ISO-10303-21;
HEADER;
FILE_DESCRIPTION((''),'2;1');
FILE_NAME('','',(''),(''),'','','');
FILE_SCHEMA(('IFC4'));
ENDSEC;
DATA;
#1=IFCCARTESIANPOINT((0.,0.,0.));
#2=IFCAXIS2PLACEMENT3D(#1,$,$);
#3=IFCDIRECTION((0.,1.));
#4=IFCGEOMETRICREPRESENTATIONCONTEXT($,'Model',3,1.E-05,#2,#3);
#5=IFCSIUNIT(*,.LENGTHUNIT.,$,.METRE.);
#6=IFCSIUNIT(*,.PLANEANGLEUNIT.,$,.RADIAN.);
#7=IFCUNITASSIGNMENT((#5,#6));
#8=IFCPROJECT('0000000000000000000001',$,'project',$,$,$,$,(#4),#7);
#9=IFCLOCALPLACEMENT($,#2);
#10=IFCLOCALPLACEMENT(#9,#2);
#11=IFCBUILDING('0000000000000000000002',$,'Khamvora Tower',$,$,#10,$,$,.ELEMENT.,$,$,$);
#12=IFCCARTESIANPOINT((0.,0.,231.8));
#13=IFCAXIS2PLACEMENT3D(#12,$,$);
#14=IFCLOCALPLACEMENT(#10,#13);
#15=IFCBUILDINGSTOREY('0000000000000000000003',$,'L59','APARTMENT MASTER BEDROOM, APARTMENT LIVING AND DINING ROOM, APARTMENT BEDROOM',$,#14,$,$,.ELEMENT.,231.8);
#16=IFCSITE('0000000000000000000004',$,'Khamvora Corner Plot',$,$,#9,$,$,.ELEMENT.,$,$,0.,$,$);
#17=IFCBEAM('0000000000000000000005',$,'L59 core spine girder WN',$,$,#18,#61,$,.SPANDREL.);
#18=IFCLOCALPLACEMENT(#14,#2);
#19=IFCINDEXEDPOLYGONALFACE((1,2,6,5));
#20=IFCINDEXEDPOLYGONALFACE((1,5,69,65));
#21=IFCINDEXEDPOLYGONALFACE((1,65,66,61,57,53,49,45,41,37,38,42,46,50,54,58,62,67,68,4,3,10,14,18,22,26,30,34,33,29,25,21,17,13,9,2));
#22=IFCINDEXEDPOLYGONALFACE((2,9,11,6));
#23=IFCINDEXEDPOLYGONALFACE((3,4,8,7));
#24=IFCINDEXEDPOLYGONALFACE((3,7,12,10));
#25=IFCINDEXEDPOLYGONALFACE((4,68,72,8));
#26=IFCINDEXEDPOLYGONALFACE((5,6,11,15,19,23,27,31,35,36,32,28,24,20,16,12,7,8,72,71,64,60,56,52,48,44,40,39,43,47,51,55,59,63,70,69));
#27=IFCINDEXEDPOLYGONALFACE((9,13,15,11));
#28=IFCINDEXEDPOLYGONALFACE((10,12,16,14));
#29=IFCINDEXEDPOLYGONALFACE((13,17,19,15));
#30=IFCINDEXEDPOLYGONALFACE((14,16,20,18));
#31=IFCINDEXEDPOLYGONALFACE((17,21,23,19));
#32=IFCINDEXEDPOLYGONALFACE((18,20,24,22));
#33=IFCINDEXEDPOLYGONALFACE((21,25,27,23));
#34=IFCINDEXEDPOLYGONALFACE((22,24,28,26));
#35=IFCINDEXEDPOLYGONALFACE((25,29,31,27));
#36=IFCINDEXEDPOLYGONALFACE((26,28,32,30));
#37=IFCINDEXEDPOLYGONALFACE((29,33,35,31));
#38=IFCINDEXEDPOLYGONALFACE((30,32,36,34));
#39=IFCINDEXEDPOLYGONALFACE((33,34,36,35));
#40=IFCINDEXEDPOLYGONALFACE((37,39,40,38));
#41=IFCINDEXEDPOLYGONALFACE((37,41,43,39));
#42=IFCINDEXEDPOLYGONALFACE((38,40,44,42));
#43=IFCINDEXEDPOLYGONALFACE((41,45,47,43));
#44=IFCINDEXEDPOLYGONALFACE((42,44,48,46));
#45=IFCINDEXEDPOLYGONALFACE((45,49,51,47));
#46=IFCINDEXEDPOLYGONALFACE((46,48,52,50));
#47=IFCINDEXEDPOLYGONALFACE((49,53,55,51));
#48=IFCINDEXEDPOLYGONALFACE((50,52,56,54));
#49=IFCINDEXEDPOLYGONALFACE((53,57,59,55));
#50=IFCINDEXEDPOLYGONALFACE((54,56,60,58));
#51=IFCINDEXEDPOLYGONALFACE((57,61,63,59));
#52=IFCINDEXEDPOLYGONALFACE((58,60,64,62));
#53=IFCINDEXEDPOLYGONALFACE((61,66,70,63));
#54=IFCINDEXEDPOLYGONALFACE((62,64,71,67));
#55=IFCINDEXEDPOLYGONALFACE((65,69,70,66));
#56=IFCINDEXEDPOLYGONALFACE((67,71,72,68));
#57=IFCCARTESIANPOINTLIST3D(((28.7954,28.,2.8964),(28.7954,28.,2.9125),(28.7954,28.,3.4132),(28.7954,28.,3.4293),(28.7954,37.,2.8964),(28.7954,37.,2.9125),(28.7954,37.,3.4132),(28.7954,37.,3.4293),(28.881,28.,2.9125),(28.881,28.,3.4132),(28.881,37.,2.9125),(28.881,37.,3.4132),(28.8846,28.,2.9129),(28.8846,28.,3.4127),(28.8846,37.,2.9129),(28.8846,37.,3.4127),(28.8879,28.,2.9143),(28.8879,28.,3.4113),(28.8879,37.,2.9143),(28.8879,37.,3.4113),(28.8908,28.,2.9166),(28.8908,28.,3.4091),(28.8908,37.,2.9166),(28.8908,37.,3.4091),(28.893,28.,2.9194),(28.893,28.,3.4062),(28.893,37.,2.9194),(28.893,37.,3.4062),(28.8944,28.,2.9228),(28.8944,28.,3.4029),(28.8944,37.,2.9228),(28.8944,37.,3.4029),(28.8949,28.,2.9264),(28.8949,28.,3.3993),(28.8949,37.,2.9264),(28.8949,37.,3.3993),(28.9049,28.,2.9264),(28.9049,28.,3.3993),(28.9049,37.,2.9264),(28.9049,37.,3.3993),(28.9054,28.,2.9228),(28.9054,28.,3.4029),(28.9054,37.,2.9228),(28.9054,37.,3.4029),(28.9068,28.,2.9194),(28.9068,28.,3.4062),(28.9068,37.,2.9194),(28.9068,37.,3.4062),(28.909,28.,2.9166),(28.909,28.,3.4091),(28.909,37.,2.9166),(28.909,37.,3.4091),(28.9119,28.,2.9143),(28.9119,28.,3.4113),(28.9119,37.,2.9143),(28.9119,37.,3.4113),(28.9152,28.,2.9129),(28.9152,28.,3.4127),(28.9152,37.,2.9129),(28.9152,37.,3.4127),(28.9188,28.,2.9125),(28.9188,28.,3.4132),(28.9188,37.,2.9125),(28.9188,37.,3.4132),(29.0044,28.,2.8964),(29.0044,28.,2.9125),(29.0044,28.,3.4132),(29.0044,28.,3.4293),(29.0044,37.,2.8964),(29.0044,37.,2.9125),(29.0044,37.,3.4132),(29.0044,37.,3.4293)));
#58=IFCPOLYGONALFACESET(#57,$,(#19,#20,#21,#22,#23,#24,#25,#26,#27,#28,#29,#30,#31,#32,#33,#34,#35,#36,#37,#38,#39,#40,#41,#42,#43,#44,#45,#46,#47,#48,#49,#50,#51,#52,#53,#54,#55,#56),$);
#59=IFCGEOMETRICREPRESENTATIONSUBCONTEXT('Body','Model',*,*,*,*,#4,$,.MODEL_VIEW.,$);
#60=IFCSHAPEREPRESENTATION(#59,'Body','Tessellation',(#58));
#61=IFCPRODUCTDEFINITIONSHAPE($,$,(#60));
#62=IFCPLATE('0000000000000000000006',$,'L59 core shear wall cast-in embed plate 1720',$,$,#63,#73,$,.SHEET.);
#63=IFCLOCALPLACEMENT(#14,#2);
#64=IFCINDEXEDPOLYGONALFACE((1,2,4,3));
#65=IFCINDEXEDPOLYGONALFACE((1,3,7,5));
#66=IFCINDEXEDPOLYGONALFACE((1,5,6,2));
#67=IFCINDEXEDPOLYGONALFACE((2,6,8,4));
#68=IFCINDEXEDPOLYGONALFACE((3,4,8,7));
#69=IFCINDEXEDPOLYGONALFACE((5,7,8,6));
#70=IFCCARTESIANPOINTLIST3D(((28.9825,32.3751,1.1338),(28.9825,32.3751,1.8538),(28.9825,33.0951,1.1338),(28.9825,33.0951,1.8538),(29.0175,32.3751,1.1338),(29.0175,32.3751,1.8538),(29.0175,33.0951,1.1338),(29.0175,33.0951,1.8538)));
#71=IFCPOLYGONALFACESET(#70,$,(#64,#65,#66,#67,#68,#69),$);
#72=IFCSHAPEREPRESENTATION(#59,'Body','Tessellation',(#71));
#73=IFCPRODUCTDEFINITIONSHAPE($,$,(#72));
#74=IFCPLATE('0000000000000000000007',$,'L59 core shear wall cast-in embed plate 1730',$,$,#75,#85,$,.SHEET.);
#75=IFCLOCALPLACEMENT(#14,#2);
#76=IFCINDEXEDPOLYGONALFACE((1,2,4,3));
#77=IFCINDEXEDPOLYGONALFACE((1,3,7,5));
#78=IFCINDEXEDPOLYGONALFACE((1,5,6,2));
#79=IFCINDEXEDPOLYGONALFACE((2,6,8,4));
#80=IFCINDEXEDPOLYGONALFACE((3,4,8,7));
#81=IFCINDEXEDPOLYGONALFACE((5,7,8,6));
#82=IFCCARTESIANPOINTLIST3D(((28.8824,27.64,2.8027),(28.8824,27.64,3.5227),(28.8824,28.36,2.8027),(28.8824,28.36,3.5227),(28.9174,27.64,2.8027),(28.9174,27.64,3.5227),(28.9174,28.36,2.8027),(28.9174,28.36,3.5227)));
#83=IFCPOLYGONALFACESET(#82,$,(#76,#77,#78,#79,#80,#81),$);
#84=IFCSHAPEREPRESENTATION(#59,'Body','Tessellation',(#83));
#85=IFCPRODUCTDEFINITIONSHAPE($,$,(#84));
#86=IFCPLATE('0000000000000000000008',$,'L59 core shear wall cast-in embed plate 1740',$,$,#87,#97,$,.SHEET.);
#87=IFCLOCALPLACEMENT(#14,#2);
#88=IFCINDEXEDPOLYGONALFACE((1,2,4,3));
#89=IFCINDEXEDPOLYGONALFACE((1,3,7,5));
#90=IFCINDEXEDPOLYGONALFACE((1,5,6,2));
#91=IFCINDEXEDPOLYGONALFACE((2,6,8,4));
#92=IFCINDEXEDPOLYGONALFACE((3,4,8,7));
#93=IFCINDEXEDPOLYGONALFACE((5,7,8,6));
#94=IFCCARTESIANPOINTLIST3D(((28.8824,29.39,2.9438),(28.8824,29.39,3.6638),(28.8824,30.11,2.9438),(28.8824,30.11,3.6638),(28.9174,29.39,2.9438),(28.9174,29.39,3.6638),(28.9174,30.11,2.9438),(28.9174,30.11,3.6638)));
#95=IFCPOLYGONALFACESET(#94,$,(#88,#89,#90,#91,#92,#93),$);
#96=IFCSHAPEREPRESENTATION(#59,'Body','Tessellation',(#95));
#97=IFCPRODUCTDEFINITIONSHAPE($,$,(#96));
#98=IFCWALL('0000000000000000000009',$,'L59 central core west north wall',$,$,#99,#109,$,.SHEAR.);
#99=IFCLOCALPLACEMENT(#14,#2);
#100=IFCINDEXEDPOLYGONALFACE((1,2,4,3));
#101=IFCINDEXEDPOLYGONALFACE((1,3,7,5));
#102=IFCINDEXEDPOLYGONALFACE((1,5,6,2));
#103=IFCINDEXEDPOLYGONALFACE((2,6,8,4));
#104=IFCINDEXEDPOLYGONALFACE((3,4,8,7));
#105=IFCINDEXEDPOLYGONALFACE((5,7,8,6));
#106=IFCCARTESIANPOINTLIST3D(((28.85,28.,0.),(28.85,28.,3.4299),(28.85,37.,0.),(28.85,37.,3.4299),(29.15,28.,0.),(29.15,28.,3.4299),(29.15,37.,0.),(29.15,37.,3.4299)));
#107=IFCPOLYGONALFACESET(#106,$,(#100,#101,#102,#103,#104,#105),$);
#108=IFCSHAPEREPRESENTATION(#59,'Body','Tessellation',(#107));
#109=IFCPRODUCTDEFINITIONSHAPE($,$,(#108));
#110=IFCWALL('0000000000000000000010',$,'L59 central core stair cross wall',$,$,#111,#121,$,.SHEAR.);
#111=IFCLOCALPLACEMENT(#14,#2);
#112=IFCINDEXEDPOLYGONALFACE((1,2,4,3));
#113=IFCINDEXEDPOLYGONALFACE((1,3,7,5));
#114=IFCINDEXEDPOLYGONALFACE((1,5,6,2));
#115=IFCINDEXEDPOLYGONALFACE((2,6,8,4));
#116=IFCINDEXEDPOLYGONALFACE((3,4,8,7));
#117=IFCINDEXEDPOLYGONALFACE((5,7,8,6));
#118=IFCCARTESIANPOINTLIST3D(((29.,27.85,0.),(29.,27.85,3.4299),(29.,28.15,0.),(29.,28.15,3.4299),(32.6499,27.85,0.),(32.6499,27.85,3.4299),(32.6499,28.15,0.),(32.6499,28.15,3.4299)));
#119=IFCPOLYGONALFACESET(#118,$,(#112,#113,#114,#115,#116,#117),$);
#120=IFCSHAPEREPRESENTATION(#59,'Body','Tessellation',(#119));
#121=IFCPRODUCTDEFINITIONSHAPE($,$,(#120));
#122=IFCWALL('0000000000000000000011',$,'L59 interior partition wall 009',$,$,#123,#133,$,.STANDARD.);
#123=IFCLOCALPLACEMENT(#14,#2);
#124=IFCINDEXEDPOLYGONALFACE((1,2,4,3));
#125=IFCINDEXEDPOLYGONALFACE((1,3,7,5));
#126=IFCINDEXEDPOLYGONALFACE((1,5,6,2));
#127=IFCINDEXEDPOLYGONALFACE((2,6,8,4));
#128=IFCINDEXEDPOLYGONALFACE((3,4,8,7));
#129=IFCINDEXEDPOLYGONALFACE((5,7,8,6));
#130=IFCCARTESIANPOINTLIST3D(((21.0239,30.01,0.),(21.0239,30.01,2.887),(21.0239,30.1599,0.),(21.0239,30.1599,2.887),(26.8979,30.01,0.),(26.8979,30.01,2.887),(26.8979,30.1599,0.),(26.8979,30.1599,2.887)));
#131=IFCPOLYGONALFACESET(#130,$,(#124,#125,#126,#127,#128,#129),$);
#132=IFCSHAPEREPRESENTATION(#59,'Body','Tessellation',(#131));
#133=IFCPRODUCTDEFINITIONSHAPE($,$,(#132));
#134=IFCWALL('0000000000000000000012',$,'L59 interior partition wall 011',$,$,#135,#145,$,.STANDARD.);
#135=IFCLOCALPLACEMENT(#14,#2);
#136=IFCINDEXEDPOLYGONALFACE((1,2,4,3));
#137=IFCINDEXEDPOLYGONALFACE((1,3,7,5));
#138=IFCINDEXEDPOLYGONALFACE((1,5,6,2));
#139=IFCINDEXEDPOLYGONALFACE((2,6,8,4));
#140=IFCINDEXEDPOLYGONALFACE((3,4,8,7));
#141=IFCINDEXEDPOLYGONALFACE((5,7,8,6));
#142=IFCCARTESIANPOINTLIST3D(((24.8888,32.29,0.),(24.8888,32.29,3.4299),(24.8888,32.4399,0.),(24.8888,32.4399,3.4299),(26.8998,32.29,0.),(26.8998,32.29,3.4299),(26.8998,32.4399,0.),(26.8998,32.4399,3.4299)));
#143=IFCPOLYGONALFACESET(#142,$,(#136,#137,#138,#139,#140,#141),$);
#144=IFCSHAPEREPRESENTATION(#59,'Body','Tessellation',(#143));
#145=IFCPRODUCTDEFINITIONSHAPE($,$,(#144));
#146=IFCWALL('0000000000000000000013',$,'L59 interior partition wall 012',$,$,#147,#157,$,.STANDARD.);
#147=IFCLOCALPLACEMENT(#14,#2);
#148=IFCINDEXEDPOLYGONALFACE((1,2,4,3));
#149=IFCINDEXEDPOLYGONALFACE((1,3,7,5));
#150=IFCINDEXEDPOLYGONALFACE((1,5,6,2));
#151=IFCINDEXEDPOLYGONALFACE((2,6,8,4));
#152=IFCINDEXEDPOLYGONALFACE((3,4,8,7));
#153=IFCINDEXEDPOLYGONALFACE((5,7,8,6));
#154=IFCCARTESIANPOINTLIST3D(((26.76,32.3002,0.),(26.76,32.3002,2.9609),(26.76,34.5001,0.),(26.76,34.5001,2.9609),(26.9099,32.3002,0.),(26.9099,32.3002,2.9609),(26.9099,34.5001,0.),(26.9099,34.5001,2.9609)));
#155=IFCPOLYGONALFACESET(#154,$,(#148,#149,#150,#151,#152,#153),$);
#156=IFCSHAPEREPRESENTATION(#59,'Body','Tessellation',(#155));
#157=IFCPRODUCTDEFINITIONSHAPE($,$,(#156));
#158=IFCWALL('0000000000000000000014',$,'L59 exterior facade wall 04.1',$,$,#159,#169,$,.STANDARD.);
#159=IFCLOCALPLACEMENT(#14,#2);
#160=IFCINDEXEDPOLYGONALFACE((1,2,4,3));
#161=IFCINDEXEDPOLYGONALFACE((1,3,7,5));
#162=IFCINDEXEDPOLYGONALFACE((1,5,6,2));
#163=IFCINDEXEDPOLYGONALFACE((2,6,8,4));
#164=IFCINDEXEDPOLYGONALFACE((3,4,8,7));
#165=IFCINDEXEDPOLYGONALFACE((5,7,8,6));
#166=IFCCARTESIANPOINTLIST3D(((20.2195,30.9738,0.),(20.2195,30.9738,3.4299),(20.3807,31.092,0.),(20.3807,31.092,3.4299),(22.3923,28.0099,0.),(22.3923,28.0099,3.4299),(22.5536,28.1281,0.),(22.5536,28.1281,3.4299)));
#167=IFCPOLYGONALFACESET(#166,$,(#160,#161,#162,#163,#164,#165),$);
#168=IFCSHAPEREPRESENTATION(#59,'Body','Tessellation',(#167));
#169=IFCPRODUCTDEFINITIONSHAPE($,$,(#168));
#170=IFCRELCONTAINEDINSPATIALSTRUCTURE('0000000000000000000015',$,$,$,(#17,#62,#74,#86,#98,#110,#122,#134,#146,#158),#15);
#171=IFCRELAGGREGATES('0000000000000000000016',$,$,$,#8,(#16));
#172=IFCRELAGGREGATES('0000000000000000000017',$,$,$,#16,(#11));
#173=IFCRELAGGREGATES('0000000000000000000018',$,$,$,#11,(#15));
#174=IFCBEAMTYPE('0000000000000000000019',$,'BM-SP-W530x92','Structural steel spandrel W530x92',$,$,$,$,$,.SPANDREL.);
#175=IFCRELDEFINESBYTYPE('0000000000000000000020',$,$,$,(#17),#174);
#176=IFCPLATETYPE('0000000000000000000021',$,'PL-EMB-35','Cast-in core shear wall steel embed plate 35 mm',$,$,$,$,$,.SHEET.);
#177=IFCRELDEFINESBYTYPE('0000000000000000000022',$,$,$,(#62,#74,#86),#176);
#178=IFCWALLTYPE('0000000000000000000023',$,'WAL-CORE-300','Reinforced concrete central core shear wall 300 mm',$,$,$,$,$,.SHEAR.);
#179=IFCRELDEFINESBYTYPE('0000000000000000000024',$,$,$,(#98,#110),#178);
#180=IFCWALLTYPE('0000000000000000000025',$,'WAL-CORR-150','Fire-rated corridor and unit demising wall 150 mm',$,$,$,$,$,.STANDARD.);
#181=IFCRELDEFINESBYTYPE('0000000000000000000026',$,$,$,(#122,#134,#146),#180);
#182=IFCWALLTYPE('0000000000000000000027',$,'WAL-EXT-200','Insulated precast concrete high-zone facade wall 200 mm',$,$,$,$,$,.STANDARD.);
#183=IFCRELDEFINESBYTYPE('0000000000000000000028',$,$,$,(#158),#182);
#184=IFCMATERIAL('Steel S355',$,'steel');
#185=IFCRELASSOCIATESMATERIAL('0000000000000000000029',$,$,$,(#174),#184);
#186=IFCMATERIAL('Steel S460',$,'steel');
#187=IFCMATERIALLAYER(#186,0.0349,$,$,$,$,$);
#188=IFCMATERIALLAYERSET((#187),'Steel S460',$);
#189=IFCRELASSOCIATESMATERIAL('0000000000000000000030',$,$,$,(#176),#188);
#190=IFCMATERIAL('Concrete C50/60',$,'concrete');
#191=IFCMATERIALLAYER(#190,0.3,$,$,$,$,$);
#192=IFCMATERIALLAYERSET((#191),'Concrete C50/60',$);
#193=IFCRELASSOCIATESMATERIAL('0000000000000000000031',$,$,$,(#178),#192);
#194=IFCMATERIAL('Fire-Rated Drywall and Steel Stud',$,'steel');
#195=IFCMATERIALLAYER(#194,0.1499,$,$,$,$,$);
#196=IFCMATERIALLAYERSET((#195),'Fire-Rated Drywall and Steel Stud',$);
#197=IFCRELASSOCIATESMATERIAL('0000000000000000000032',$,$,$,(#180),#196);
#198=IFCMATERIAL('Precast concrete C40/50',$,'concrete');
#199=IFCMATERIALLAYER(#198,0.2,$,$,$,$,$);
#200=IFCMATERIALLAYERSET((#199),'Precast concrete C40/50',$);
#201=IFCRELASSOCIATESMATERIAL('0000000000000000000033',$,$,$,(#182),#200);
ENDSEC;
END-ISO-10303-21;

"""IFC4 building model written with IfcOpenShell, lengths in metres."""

from ifc_helpers import new_model, si_unit, direction, frame, frame_2d, origin, origin_2d, place, context, subcontext, project, spatial, rectangle, i_section, extrude, material, layer, layer_set, material_profile, profile_set, type_object, element, save


model = new_model("IFC4")

# Units and contexts
model_context = context("Model", 3, precision=1e-05, world=origin(), true_north=direction((0.0, 1.0)))
body_context = subcontext(model_context, "Body", "Model", "MODEL_VIEW")
ifc_project = project(units=[si_unit("LENGTHUNIT", "METRE"), si_unit("PLANEANGLEUNIT", "RADIAN")], contexts=[model_context])

# Site, building, storey
site_placement = place(None, origin())
site = spatial("IfcSite", under=ifc_project, at=site_placement, Name="Khamvora Corner Plot", CompositionType="ELEMENT", RefElevation=0.0)
building_placement = place(site_placement, origin())
building = spatial("IfcBuilding", under=site, at=building_placement, Name="Khamvora Tower", CompositionType="ELEMENT")
storey_placement = place(building_placement, frame((0.0, 0.0, 231.8)))
storey = spatial("IfcBuildingStorey", under=building, at=storey_placement, Name="L59", Description="APARTMENT MASTER BEDROOM, APARTMENT LIVING AND DINING ROOM, APARTMENT BEDROOM", CompositionType="ELEMENT", Elevation=231.8)

# Beam
ifc_material_1 = material(Name="Steel S355", Category="steel")
ifc_material_profile_1 = material_profile(ifc_material_1, i_section(OverallWidth=0.209, OverallDepth=0.533, WebThickness=0.01, FlangeThickness=0.0161, FilletRadius=0.0139, at=origin_2d()), Name="W530x92")
ifc_profile_set_1 = profile_set([ifc_material_profile_1], Name="Steel S355")
beam_type_1 = type_object("IfcBeamType", Name="BM-SP-W530x92", Description="Structural steel spandrel W530x92", PredefinedType="SPANDREL", material=ifc_profile_set_1)
beam_1_placement = place(storey_placement, frame((28.8999, 28.0, 3.1628), z_axis=(0.0, 1.0, 0.0), x_axis=(-1.0, 0.0, 0.0)))
element("IfcBeam", 1, at=beam_1_placement, inside=storey, type_object=beam_type_1, Name="L59 core spine girder WN", PredefinedType="SPANDREL", context=body_context, shape_type="SweptSolid", body=[
    extrude(i_section(OverallWidth=0.209, OverallDepth=0.533, WebThickness=0.01, FlangeThickness=0.0161, FilletRadius=0.0139, at=origin_2d()), origin(), (0.0, 0.0, 1.0), 9.0),
])

# Plates
ifc_material_2 = material(Name="Steel S460", Category="steel")
ifc_layer_1 = layer(ifc_material_2, 0.0349)
ifc_layer_set_1 = layer_set([ifc_layer_1], Name="Steel S460")
plate_type = type_object("IfcPlateType", Name="PL-EMB-35", Description="Cast-in core shear wall steel embed plate 35 mm", PredefinedType="SHEET", material=ifc_layer_set_1)
for number, where, z_axis, x_axis, name in (
    (2, (29.0, 32.7351, 1.1338), (0.0, 0.0, 1.0), (1.0, 0.0, 0.0), "L59 core shear wall cast-in embed plate 1720"),
    (3, (28.8999, 28.0, 2.8027), (0.0, 0.0, 1.0), (1.0, 0.0, 0.0), "L59 core shear wall cast-in embed plate 1730"),
    (4, (28.8999, 29.75, 2.9438), (0.0, 0.0, 1.0), (1.0, 0.0, 0.0), "L59 core shear wall cast-in embed plate 1740"),
):
    element("IfcPlate", number, at=place(storey_placement, frame(where, z_axis=z_axis, x_axis=x_axis)), inside=storey, type_object=plate_type, Name=name, PredefinedType="SHEET", context=body_context, shape_type="SweptSolid", body=[
        extrude(rectangle(XDim=0.0349, YDim=0.72, at=origin_2d()), origin(), (0.0, 0.0, 1.0), 0.72),
    ])

# Walls
ifc_material_3 = material(Name="Concrete C50/60", Category="concrete")
ifc_layer_2 = layer(ifc_material_3, 0.3)
ifc_layer_set_2 = layer_set([ifc_layer_2], Name="Concrete C50/60")
wall_type_1 = type_object("IfcWallType", Name="WAL-CORE-300", Description="Reinforced concrete central core shear wall 300 mm", PredefinedType="SHEAR", material=ifc_layer_set_2)
wall_1_placement = place(storey_placement, frame((29.0, 28.0, 0.0), z_axis=(0.0, 0.0, 1.0), x_axis=(0.0, 1.0, 0.0)))
element("IfcWall", 5, at=wall_1_placement, inside=storey, type_object=wall_type_1, Name="L59 central core west north wall", PredefinedType="SHEAR", context=body_context, shape_type="SweptSolid", body=[
    extrude(rectangle(XDim=9.0, YDim=0.3, at=frame_2d((4.5, 0.0))), origin(), (0.0, 0.0, 1.0), 3.4299),
])
wall_2_placement = place(storey_placement, frame((29.0, 28.0, 0.0), z_axis=(0.0, 0.0, 1.0), x_axis=(1.0, 0.0, 0.0)))
element("IfcWall", 6, at=wall_2_placement, inside=storey, type_object=wall_type_1, Name="L59 central core stair cross wall", PredefinedType="SHEAR", context=body_context, shape_type="SweptSolid", body=[
    extrude(rectangle(XDim=3.6499, YDim=0.3, at=frame_2d((1.825, 0.0))), origin(), (0.0, 0.0, 1.0), 3.4299),
])
ifc_material_4 = material(Name="Fire-Rated Drywall and Steel Stud", Category="steel")
ifc_layer_3 = layer(ifc_material_4, 0.1499)
ifc_layer_set_3 = layer_set([ifc_layer_3], Name="Fire-Rated Drywall and Steel Stud")
wall_type_2 = type_object("IfcWallType", Name="WAL-CORR-150", Description="Fire-rated corridor and unit demising wall 150 mm", PredefinedType="STANDARD", material=ifc_layer_set_3)
wall_3_placement = place(storey_placement, frame((26.8979, 30.085, 0.0), z_axis=(0.0, 0.0, 1.0), x_axis=(-1.0, 0.0, 0.0)))
element("IfcWall", 7, at=wall_3_placement, inside=storey, type_object=wall_type_2, Name="L59 interior partition wall 009", PredefinedType="STANDARD", context=body_context, shape_type="SweptSolid", body=[
    extrude(rectangle(XDim=5.874, YDim=0.1499, at=frame_2d((2.937, 0.0))), origin(), (0.0, 0.0, 1.0), 2.887),
])

# Walls
wall_4_placement = place(storey_placement, frame((24.8889, 32.365, 0.0), z_axis=(0.0, 0.0, 1.0), x_axis=(1.0, 0.0, 0.0)))
element("IfcWall", 8, at=wall_4_placement, inside=storey, type_object=wall_type_2, Name="L59 interior partition wall 011", PredefinedType="STANDARD", context=body_context, shape_type="SweptSolid", body=[
    extrude(rectangle(XDim=2.011, YDim=0.1499, at=frame_2d((1.0054, 0.0))), origin(), (0.0, 0.0, 1.0), 3.4299),
])
wall_5_placement = place(storey_placement, frame((26.835, 32.3, 0.0), z_axis=(0.0, 0.0, 1.0), x_axis=(0.0, 1.0, 0.0)))
element("IfcWall", 9, at=wall_5_placement, inside=storey, type_object=wall_type_2, Name="L59 interior partition wall 012", PredefinedType="STANDARD", context=body_context, shape_type="SweptSolid", body=[
    extrude(rectangle(XDim=2.2, YDim=0.1499, at=frame_2d((1.1001, 0.0))), origin(), (0.0, 0.0, 1.0), 2.9609),
])
ifc_material_5 = material(Name="Precast concrete C40/50", Category="concrete")
ifc_layer_4 = layer(ifc_material_5, 0.2)
ifc_layer_set_4 = layer_set([ifc_layer_4], Name="Precast concrete C40/50")
wall_type_3 = type_object("IfcWallType", Name="WAL-EXT-200", Description="Insulated precast concrete high-zone facade wall 200 mm", PredefinedType="STANDARD", material=ifc_layer_set_4)
wall_6_placement = place(storey_placement, frame((22.4729, 28.0691, 0.0), z_axis=(0.0, 0.0, 1.0), x_axis=(-0.591248, 0.806489, 0.0)))
element("IfcWall", 10, at=wall_6_placement, inside=storey, type_object=wall_type_3, Name="L59 exterior facade wall 04.1", PredefinedType="STANDARD", context=body_context, shape_type="SweptSolid", body=[
    extrude(rectangle(XDim=3.675, YDim=0.2, at=frame_2d((1.8374, 0.0))), origin(), (0.0, 0.0, 1.0), 3.4299),
])

save(model, "model.ifc")
